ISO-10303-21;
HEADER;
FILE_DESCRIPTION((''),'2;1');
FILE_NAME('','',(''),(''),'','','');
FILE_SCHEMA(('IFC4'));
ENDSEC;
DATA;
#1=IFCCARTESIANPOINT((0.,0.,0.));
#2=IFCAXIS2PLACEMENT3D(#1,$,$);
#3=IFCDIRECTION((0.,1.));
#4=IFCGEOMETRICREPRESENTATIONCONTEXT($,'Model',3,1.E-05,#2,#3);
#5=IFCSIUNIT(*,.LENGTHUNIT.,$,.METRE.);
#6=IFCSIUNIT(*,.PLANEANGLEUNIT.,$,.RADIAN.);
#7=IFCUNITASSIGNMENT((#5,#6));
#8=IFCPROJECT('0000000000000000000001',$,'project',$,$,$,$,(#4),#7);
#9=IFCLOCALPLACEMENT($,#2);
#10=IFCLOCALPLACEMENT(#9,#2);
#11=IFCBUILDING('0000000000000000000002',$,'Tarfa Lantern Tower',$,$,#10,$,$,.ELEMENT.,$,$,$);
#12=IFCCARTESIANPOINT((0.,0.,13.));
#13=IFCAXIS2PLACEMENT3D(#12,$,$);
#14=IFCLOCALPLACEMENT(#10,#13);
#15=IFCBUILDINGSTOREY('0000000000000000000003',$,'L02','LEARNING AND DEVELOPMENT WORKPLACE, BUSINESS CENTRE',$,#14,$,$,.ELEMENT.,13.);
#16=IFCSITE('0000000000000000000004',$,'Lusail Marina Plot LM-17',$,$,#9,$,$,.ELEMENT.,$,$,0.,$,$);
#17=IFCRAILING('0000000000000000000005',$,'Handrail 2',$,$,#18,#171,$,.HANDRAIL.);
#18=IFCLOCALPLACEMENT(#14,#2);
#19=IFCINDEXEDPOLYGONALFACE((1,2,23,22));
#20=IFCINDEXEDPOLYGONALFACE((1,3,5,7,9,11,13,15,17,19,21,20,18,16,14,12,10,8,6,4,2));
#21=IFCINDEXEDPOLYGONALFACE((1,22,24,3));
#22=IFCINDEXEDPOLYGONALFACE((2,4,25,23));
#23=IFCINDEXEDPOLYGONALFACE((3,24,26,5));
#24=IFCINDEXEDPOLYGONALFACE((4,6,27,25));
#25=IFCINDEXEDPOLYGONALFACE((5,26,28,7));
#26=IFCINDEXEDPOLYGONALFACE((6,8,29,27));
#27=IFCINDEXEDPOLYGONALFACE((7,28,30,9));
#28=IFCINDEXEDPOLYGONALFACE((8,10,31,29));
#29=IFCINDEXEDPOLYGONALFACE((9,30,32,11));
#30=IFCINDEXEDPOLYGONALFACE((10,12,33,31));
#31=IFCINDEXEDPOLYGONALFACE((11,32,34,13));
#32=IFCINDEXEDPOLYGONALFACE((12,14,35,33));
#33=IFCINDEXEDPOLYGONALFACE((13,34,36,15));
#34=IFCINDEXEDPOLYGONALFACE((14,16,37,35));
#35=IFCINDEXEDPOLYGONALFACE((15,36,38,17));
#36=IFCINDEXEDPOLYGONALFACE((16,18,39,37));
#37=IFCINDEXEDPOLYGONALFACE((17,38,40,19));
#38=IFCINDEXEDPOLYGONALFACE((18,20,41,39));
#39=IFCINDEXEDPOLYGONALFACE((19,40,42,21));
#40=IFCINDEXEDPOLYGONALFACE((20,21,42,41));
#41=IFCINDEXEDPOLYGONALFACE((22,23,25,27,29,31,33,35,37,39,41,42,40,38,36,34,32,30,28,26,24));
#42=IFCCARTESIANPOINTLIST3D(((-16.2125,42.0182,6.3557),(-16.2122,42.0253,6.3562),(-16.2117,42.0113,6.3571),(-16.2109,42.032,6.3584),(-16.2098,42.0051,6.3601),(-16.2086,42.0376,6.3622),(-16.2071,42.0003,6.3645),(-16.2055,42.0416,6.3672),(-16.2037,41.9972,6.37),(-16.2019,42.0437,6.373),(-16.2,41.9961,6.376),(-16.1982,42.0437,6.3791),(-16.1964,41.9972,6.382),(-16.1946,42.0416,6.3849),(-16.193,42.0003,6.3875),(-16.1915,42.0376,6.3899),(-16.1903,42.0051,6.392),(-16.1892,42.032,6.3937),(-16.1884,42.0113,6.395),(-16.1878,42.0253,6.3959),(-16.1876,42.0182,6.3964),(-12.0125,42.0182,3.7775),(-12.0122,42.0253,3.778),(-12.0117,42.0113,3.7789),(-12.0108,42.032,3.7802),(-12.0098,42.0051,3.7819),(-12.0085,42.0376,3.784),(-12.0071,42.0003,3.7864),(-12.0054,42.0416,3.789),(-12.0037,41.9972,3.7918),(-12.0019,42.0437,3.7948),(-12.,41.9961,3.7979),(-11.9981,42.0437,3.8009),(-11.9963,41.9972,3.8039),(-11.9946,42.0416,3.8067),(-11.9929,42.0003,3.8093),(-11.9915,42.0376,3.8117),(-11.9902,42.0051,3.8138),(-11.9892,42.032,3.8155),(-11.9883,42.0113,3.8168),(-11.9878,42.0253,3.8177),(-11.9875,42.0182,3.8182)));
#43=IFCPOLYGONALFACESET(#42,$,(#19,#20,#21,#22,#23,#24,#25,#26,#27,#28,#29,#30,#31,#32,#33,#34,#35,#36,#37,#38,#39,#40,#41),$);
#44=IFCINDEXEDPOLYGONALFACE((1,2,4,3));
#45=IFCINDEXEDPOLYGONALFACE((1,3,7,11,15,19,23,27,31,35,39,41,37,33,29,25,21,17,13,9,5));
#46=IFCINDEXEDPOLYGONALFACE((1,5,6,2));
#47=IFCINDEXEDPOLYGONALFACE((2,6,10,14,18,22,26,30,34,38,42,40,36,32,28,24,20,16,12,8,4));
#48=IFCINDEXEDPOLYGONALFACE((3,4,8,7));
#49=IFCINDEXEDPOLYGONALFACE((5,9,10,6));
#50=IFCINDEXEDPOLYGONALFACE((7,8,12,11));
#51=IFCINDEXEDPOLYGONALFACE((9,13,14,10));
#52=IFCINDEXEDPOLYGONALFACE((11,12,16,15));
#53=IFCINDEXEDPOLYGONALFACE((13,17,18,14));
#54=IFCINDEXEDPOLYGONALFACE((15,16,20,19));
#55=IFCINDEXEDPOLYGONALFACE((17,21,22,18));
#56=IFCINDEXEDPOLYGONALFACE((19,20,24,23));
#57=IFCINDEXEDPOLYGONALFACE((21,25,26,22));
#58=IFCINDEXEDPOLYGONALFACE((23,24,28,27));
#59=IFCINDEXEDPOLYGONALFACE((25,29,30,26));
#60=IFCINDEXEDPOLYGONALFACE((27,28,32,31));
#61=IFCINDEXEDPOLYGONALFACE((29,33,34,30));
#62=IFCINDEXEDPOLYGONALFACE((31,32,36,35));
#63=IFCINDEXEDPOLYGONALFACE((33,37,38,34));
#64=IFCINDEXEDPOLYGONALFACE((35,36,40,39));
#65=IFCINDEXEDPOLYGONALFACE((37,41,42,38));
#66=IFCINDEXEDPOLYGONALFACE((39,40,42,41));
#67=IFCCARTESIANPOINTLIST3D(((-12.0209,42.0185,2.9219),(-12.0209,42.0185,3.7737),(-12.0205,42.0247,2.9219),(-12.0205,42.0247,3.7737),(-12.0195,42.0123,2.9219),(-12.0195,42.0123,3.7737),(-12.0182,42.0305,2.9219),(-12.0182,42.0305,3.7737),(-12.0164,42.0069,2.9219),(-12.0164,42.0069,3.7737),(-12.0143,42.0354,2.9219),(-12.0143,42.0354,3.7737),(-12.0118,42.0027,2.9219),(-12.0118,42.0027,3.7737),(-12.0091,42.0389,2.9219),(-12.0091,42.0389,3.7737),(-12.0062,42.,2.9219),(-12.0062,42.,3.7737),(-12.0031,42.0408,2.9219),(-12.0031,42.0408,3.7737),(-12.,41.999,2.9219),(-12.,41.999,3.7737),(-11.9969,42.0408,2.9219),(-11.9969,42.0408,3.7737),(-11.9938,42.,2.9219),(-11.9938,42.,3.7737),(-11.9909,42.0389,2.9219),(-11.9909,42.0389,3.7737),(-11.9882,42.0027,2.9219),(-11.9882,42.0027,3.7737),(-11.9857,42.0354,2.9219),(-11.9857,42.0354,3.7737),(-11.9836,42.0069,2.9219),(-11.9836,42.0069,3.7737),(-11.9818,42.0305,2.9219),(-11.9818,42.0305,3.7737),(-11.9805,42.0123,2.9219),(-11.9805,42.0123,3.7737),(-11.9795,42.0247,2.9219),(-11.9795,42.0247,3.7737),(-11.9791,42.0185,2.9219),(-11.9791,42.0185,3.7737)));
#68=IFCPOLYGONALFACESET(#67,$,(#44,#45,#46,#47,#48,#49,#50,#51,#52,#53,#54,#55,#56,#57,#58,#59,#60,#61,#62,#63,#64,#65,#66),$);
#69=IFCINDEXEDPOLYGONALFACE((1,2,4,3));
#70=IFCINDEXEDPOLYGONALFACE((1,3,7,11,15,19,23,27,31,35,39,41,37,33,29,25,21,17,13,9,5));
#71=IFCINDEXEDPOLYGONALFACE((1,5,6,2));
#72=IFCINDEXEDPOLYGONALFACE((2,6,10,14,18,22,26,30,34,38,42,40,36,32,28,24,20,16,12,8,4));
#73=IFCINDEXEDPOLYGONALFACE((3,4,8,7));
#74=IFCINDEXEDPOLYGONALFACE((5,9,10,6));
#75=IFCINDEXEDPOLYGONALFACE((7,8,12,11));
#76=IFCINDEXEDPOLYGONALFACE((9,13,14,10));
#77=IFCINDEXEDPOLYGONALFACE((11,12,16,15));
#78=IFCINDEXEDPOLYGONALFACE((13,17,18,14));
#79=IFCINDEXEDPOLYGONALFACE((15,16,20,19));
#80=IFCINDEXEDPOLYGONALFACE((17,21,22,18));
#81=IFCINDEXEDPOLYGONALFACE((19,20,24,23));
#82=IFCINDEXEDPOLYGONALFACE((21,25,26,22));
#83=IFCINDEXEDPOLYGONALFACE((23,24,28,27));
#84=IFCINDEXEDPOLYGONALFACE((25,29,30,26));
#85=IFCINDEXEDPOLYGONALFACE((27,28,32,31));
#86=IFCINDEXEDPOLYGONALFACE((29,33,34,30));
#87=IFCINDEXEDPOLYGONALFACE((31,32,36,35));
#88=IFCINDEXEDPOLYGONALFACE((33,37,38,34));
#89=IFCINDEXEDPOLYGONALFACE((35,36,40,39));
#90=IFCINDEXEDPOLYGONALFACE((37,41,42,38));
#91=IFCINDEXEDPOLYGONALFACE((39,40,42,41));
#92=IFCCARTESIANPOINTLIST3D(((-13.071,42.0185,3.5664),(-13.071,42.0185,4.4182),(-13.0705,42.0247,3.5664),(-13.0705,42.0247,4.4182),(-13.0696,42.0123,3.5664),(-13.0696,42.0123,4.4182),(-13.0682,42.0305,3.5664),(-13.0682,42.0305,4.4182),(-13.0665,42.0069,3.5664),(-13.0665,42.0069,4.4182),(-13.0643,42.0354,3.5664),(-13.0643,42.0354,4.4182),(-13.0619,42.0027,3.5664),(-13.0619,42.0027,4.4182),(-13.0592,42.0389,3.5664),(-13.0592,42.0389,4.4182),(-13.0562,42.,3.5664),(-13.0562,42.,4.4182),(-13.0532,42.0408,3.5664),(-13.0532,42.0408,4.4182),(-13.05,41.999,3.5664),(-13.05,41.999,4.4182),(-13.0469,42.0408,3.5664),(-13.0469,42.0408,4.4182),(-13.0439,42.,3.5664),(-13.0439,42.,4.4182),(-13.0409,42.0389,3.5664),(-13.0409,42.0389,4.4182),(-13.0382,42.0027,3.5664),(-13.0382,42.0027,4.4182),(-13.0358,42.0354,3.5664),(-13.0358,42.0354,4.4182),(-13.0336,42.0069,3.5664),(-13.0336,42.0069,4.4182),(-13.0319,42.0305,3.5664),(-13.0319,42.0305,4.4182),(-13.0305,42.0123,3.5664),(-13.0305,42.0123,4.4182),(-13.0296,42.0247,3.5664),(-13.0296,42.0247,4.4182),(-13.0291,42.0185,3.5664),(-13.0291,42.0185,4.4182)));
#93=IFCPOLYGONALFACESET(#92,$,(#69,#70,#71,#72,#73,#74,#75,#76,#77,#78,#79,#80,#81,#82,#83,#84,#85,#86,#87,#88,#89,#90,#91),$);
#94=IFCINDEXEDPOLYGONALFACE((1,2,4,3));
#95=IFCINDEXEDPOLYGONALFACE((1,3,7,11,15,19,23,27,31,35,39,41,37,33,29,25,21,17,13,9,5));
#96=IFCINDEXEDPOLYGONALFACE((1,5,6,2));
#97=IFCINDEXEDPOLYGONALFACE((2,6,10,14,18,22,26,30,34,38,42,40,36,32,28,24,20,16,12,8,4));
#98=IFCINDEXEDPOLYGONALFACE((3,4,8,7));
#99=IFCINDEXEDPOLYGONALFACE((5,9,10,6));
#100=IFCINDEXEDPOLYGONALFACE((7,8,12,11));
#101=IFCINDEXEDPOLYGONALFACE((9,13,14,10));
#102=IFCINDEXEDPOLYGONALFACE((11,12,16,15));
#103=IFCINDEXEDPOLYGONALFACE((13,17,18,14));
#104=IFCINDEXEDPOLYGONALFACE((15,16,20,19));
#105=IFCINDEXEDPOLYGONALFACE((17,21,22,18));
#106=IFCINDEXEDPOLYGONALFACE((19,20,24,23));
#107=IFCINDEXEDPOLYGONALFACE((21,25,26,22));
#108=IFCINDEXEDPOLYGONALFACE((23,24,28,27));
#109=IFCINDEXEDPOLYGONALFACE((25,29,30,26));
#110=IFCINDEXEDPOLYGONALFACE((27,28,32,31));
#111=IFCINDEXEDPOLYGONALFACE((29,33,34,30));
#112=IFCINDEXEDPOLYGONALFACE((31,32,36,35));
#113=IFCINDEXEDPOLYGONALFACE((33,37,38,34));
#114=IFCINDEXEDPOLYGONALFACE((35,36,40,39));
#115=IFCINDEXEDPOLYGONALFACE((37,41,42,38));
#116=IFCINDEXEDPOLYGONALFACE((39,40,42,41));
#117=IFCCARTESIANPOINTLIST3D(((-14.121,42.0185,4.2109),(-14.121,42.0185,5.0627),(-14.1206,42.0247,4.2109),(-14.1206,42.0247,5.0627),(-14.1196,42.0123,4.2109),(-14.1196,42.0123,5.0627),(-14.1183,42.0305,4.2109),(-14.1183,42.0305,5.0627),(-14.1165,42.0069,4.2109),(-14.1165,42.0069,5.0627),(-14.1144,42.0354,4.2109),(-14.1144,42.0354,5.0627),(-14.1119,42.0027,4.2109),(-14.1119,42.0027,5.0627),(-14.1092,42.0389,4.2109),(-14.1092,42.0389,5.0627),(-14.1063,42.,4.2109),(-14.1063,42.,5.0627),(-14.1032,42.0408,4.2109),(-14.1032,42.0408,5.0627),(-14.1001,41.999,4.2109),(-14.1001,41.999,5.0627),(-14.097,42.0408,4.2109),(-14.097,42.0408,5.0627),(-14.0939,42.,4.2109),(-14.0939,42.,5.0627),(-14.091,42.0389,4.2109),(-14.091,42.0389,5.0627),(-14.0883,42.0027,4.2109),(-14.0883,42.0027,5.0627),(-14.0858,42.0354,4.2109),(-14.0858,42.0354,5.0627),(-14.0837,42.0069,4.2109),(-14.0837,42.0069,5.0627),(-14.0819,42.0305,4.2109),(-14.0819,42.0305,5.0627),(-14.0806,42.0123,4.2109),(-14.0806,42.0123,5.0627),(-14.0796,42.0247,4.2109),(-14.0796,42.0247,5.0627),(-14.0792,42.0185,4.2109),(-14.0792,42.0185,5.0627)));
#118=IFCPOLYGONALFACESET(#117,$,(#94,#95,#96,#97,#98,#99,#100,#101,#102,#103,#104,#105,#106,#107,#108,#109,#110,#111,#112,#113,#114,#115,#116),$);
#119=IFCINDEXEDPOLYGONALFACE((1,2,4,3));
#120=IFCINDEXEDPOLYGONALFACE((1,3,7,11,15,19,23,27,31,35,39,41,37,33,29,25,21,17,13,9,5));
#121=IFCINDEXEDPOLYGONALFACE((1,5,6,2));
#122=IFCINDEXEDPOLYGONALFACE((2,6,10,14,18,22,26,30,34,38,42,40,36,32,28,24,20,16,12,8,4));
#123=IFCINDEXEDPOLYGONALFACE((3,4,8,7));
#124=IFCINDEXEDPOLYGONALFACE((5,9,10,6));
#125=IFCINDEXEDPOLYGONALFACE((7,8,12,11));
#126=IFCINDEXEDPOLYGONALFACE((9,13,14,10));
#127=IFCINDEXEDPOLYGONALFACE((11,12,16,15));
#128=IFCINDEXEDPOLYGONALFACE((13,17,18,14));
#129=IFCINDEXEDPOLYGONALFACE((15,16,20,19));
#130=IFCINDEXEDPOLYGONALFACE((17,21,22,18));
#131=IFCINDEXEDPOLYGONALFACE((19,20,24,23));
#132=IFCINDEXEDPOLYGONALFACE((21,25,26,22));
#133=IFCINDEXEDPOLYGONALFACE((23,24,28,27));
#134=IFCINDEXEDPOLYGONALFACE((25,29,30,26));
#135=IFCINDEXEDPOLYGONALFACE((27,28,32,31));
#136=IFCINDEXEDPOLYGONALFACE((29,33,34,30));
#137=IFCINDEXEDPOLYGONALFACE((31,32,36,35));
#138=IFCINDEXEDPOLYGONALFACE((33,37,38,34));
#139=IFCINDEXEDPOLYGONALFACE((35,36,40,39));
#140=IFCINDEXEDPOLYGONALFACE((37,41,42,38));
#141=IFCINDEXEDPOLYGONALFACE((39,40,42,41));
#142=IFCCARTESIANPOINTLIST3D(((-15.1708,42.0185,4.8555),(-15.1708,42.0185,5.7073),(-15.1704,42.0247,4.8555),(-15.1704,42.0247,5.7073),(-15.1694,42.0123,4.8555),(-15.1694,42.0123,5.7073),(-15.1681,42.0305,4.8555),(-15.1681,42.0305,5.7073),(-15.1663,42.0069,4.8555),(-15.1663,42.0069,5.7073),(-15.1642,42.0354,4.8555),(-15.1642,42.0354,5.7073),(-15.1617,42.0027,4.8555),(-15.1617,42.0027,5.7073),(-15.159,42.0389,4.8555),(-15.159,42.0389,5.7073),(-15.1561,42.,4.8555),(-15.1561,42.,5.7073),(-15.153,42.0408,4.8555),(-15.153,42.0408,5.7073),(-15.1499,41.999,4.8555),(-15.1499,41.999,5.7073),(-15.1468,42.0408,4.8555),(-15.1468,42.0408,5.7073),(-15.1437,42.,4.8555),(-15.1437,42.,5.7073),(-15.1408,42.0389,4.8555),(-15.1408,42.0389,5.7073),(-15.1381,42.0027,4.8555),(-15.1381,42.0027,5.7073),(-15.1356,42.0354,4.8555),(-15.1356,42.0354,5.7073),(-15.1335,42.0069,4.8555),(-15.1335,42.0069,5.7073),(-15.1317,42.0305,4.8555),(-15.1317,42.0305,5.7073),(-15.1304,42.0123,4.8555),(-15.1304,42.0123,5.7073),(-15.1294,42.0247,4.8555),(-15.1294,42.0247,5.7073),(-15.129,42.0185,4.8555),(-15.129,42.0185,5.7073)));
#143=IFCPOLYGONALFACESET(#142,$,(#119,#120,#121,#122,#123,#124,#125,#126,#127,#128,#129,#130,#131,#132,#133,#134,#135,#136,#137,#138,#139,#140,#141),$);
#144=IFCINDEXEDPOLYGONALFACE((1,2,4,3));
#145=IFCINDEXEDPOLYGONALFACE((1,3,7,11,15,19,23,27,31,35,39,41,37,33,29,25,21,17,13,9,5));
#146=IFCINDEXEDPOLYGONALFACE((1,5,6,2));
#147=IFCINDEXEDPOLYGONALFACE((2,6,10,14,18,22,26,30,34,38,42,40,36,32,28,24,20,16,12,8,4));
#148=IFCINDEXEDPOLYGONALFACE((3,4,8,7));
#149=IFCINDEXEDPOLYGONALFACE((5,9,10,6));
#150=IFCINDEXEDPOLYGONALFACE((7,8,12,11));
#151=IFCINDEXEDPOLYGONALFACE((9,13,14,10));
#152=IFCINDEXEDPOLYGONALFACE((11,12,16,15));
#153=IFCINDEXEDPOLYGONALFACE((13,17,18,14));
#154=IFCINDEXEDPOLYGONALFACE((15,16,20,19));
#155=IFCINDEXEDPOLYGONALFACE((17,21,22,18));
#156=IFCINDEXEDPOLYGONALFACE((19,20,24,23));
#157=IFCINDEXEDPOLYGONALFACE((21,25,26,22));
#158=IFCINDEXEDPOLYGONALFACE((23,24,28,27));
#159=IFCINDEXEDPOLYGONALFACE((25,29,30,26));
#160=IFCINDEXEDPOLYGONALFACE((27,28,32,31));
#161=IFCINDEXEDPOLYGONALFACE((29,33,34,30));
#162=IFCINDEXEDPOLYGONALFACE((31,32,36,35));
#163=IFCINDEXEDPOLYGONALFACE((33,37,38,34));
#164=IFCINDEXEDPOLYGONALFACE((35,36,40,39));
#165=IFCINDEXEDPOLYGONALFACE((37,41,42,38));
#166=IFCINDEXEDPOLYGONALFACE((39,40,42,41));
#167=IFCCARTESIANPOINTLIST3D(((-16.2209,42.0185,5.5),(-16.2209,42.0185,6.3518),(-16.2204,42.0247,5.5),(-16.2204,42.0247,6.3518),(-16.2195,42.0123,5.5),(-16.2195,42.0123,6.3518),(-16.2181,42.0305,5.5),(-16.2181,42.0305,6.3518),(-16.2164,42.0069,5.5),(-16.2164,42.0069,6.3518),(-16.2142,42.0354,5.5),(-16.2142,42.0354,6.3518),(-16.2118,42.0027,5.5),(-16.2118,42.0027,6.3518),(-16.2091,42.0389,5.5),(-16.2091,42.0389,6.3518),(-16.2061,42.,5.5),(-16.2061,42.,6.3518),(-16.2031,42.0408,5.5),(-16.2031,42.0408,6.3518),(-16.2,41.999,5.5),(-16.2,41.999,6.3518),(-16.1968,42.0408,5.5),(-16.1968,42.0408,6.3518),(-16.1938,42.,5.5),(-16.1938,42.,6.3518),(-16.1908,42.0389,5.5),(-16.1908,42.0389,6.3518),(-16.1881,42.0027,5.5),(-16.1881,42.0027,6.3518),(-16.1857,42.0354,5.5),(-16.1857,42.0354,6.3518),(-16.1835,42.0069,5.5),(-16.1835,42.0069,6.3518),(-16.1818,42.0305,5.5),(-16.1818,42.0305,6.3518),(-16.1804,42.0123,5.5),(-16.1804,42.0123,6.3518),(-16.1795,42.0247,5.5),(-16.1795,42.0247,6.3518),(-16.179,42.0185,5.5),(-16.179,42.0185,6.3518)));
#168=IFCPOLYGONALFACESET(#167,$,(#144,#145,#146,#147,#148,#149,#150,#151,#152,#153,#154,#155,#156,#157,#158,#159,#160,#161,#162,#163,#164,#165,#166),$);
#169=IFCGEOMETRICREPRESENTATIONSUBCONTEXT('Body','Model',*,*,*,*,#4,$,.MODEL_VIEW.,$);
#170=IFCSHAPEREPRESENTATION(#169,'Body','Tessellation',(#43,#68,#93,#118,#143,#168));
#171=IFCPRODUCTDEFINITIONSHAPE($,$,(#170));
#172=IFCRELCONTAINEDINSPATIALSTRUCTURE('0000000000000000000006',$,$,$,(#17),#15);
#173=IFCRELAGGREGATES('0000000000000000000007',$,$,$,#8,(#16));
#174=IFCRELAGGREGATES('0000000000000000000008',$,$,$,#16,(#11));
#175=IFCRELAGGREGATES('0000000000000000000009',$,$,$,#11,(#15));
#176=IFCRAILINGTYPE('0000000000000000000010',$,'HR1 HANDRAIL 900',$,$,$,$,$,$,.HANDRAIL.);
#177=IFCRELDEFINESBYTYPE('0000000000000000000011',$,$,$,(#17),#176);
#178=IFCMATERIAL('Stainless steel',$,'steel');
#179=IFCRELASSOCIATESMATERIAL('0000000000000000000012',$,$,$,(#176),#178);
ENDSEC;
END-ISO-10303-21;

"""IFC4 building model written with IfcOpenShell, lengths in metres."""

from ifc_helpers import new_model, si_unit, direction, frame, origin, origin_2d, place, context, subcontext, project, spatial, circle, extrude, material, type_object, element, save


model = new_model("IFC4")

# Units and contexts
model_context = context("Model", 3, precision=1e-05, world=origin(), true_north=direction((0.0, 1.0)))
body_context = subcontext(model_context, "Body", "Model", "MODEL_VIEW")
ifc_project = project(units=[si_unit("LENGTHUNIT", "METRE"), si_unit("PLANEANGLEUNIT", "RADIAN")], contexts=[model_context])

# Site, building, storey
site_placement = place(None, origin())
site = spatial("IfcSite", under=ifc_project, at=site_placement, Name="Lusail Marina Plot LM-17", CompositionType="ELEMENT", RefElevation=0.0)
building_placement = place(site_placement, origin())
building = spatial("IfcBuilding", under=site, at=building_placement, Name="Tarfa Lantern Tower", CompositionType="ELEMENT")
storey_placement = place(building_placement, frame((0.0, 0.0, 13.0)))
storey = spatial("IfcBuildingStorey", under=building, at=storey_placement, Name="L02", Description="LEARNING AND DEVELOPMENT WORKPLACE, BUSINESS CENTRE", CompositionType="ELEMENT", Elevation=13.0)

# Railing
ifc_material_1 = material(Name="Stainless steel", Category="steel")
railing_type = type_object("IfcRailingType", Name="HR1 HANDRAIL 900", PredefinedType="HANDRAIL", material=ifc_material_1)
railing_1_placement = place(storey_placement, frame((-12.0, 42.02, 2.9219)))
element("IfcRailing", 1, at=railing_1_placement, inside=storey, type_object=railing_type, Name="Handrail 2", PredefinedType="HANDRAIL", context=body_context, shape_type="SweptSolid", body=[
    extrude(circle(Radius=0.0239, at=origin_2d()), frame((0.0, 0.0, 0.876), z_axis=(-0.852243, 0.0, 0.523146), x_axis=(0.0, -1.0, 0.0)), (0.0, 0.0, 1.0), 4.9282),
    extrude(circle(Radius=0.021, at=origin_2d()), frame((0.0, 0.0, 0.0), z_axis=(0.0, 0.0, 1.0), x_axis=(0.0, -1.0, 0.0)), (0.0, 0.0, 1.0), 0.8518),
    extrude(circle(Radius=0.021, at=origin_2d()), frame((-1.05, 0.0, 0.6445), z_axis=(0.0, 0.0, 1.0), x_axis=(0.0, -1.0, 0.0)), (0.0, 0.0, 1.0), 0.8518),
    extrude(circle(Radius=0.021, at=origin_2d()), frame((-2.1001, 0.0, 1.2891), z_axis=(0.0, 0.0, 1.0), x_axis=(0.0, -1.0, 0.0)), (0.0, 0.0, 1.0), 0.8518),
    extrude(circle(Radius=0.021, at=origin_2d()), frame((-3.1499, 0.0, 1.9336), z_axis=(0.0, 0.0, 1.0), x_axis=(0.0, -1.0, 0.0)), (0.0, 0.0, 1.0), 0.8518),
    extrude(circle(Radius=0.021, at=origin_2d()), frame((-4.2, 0.0, 2.5781), z_axis=(0.0, 0.0, 1.0), x_axis=(0.0, -1.0, 0.0)), (0.0, 0.0, 1.0), 0.8518),
])

save(model, "model.ifc")
